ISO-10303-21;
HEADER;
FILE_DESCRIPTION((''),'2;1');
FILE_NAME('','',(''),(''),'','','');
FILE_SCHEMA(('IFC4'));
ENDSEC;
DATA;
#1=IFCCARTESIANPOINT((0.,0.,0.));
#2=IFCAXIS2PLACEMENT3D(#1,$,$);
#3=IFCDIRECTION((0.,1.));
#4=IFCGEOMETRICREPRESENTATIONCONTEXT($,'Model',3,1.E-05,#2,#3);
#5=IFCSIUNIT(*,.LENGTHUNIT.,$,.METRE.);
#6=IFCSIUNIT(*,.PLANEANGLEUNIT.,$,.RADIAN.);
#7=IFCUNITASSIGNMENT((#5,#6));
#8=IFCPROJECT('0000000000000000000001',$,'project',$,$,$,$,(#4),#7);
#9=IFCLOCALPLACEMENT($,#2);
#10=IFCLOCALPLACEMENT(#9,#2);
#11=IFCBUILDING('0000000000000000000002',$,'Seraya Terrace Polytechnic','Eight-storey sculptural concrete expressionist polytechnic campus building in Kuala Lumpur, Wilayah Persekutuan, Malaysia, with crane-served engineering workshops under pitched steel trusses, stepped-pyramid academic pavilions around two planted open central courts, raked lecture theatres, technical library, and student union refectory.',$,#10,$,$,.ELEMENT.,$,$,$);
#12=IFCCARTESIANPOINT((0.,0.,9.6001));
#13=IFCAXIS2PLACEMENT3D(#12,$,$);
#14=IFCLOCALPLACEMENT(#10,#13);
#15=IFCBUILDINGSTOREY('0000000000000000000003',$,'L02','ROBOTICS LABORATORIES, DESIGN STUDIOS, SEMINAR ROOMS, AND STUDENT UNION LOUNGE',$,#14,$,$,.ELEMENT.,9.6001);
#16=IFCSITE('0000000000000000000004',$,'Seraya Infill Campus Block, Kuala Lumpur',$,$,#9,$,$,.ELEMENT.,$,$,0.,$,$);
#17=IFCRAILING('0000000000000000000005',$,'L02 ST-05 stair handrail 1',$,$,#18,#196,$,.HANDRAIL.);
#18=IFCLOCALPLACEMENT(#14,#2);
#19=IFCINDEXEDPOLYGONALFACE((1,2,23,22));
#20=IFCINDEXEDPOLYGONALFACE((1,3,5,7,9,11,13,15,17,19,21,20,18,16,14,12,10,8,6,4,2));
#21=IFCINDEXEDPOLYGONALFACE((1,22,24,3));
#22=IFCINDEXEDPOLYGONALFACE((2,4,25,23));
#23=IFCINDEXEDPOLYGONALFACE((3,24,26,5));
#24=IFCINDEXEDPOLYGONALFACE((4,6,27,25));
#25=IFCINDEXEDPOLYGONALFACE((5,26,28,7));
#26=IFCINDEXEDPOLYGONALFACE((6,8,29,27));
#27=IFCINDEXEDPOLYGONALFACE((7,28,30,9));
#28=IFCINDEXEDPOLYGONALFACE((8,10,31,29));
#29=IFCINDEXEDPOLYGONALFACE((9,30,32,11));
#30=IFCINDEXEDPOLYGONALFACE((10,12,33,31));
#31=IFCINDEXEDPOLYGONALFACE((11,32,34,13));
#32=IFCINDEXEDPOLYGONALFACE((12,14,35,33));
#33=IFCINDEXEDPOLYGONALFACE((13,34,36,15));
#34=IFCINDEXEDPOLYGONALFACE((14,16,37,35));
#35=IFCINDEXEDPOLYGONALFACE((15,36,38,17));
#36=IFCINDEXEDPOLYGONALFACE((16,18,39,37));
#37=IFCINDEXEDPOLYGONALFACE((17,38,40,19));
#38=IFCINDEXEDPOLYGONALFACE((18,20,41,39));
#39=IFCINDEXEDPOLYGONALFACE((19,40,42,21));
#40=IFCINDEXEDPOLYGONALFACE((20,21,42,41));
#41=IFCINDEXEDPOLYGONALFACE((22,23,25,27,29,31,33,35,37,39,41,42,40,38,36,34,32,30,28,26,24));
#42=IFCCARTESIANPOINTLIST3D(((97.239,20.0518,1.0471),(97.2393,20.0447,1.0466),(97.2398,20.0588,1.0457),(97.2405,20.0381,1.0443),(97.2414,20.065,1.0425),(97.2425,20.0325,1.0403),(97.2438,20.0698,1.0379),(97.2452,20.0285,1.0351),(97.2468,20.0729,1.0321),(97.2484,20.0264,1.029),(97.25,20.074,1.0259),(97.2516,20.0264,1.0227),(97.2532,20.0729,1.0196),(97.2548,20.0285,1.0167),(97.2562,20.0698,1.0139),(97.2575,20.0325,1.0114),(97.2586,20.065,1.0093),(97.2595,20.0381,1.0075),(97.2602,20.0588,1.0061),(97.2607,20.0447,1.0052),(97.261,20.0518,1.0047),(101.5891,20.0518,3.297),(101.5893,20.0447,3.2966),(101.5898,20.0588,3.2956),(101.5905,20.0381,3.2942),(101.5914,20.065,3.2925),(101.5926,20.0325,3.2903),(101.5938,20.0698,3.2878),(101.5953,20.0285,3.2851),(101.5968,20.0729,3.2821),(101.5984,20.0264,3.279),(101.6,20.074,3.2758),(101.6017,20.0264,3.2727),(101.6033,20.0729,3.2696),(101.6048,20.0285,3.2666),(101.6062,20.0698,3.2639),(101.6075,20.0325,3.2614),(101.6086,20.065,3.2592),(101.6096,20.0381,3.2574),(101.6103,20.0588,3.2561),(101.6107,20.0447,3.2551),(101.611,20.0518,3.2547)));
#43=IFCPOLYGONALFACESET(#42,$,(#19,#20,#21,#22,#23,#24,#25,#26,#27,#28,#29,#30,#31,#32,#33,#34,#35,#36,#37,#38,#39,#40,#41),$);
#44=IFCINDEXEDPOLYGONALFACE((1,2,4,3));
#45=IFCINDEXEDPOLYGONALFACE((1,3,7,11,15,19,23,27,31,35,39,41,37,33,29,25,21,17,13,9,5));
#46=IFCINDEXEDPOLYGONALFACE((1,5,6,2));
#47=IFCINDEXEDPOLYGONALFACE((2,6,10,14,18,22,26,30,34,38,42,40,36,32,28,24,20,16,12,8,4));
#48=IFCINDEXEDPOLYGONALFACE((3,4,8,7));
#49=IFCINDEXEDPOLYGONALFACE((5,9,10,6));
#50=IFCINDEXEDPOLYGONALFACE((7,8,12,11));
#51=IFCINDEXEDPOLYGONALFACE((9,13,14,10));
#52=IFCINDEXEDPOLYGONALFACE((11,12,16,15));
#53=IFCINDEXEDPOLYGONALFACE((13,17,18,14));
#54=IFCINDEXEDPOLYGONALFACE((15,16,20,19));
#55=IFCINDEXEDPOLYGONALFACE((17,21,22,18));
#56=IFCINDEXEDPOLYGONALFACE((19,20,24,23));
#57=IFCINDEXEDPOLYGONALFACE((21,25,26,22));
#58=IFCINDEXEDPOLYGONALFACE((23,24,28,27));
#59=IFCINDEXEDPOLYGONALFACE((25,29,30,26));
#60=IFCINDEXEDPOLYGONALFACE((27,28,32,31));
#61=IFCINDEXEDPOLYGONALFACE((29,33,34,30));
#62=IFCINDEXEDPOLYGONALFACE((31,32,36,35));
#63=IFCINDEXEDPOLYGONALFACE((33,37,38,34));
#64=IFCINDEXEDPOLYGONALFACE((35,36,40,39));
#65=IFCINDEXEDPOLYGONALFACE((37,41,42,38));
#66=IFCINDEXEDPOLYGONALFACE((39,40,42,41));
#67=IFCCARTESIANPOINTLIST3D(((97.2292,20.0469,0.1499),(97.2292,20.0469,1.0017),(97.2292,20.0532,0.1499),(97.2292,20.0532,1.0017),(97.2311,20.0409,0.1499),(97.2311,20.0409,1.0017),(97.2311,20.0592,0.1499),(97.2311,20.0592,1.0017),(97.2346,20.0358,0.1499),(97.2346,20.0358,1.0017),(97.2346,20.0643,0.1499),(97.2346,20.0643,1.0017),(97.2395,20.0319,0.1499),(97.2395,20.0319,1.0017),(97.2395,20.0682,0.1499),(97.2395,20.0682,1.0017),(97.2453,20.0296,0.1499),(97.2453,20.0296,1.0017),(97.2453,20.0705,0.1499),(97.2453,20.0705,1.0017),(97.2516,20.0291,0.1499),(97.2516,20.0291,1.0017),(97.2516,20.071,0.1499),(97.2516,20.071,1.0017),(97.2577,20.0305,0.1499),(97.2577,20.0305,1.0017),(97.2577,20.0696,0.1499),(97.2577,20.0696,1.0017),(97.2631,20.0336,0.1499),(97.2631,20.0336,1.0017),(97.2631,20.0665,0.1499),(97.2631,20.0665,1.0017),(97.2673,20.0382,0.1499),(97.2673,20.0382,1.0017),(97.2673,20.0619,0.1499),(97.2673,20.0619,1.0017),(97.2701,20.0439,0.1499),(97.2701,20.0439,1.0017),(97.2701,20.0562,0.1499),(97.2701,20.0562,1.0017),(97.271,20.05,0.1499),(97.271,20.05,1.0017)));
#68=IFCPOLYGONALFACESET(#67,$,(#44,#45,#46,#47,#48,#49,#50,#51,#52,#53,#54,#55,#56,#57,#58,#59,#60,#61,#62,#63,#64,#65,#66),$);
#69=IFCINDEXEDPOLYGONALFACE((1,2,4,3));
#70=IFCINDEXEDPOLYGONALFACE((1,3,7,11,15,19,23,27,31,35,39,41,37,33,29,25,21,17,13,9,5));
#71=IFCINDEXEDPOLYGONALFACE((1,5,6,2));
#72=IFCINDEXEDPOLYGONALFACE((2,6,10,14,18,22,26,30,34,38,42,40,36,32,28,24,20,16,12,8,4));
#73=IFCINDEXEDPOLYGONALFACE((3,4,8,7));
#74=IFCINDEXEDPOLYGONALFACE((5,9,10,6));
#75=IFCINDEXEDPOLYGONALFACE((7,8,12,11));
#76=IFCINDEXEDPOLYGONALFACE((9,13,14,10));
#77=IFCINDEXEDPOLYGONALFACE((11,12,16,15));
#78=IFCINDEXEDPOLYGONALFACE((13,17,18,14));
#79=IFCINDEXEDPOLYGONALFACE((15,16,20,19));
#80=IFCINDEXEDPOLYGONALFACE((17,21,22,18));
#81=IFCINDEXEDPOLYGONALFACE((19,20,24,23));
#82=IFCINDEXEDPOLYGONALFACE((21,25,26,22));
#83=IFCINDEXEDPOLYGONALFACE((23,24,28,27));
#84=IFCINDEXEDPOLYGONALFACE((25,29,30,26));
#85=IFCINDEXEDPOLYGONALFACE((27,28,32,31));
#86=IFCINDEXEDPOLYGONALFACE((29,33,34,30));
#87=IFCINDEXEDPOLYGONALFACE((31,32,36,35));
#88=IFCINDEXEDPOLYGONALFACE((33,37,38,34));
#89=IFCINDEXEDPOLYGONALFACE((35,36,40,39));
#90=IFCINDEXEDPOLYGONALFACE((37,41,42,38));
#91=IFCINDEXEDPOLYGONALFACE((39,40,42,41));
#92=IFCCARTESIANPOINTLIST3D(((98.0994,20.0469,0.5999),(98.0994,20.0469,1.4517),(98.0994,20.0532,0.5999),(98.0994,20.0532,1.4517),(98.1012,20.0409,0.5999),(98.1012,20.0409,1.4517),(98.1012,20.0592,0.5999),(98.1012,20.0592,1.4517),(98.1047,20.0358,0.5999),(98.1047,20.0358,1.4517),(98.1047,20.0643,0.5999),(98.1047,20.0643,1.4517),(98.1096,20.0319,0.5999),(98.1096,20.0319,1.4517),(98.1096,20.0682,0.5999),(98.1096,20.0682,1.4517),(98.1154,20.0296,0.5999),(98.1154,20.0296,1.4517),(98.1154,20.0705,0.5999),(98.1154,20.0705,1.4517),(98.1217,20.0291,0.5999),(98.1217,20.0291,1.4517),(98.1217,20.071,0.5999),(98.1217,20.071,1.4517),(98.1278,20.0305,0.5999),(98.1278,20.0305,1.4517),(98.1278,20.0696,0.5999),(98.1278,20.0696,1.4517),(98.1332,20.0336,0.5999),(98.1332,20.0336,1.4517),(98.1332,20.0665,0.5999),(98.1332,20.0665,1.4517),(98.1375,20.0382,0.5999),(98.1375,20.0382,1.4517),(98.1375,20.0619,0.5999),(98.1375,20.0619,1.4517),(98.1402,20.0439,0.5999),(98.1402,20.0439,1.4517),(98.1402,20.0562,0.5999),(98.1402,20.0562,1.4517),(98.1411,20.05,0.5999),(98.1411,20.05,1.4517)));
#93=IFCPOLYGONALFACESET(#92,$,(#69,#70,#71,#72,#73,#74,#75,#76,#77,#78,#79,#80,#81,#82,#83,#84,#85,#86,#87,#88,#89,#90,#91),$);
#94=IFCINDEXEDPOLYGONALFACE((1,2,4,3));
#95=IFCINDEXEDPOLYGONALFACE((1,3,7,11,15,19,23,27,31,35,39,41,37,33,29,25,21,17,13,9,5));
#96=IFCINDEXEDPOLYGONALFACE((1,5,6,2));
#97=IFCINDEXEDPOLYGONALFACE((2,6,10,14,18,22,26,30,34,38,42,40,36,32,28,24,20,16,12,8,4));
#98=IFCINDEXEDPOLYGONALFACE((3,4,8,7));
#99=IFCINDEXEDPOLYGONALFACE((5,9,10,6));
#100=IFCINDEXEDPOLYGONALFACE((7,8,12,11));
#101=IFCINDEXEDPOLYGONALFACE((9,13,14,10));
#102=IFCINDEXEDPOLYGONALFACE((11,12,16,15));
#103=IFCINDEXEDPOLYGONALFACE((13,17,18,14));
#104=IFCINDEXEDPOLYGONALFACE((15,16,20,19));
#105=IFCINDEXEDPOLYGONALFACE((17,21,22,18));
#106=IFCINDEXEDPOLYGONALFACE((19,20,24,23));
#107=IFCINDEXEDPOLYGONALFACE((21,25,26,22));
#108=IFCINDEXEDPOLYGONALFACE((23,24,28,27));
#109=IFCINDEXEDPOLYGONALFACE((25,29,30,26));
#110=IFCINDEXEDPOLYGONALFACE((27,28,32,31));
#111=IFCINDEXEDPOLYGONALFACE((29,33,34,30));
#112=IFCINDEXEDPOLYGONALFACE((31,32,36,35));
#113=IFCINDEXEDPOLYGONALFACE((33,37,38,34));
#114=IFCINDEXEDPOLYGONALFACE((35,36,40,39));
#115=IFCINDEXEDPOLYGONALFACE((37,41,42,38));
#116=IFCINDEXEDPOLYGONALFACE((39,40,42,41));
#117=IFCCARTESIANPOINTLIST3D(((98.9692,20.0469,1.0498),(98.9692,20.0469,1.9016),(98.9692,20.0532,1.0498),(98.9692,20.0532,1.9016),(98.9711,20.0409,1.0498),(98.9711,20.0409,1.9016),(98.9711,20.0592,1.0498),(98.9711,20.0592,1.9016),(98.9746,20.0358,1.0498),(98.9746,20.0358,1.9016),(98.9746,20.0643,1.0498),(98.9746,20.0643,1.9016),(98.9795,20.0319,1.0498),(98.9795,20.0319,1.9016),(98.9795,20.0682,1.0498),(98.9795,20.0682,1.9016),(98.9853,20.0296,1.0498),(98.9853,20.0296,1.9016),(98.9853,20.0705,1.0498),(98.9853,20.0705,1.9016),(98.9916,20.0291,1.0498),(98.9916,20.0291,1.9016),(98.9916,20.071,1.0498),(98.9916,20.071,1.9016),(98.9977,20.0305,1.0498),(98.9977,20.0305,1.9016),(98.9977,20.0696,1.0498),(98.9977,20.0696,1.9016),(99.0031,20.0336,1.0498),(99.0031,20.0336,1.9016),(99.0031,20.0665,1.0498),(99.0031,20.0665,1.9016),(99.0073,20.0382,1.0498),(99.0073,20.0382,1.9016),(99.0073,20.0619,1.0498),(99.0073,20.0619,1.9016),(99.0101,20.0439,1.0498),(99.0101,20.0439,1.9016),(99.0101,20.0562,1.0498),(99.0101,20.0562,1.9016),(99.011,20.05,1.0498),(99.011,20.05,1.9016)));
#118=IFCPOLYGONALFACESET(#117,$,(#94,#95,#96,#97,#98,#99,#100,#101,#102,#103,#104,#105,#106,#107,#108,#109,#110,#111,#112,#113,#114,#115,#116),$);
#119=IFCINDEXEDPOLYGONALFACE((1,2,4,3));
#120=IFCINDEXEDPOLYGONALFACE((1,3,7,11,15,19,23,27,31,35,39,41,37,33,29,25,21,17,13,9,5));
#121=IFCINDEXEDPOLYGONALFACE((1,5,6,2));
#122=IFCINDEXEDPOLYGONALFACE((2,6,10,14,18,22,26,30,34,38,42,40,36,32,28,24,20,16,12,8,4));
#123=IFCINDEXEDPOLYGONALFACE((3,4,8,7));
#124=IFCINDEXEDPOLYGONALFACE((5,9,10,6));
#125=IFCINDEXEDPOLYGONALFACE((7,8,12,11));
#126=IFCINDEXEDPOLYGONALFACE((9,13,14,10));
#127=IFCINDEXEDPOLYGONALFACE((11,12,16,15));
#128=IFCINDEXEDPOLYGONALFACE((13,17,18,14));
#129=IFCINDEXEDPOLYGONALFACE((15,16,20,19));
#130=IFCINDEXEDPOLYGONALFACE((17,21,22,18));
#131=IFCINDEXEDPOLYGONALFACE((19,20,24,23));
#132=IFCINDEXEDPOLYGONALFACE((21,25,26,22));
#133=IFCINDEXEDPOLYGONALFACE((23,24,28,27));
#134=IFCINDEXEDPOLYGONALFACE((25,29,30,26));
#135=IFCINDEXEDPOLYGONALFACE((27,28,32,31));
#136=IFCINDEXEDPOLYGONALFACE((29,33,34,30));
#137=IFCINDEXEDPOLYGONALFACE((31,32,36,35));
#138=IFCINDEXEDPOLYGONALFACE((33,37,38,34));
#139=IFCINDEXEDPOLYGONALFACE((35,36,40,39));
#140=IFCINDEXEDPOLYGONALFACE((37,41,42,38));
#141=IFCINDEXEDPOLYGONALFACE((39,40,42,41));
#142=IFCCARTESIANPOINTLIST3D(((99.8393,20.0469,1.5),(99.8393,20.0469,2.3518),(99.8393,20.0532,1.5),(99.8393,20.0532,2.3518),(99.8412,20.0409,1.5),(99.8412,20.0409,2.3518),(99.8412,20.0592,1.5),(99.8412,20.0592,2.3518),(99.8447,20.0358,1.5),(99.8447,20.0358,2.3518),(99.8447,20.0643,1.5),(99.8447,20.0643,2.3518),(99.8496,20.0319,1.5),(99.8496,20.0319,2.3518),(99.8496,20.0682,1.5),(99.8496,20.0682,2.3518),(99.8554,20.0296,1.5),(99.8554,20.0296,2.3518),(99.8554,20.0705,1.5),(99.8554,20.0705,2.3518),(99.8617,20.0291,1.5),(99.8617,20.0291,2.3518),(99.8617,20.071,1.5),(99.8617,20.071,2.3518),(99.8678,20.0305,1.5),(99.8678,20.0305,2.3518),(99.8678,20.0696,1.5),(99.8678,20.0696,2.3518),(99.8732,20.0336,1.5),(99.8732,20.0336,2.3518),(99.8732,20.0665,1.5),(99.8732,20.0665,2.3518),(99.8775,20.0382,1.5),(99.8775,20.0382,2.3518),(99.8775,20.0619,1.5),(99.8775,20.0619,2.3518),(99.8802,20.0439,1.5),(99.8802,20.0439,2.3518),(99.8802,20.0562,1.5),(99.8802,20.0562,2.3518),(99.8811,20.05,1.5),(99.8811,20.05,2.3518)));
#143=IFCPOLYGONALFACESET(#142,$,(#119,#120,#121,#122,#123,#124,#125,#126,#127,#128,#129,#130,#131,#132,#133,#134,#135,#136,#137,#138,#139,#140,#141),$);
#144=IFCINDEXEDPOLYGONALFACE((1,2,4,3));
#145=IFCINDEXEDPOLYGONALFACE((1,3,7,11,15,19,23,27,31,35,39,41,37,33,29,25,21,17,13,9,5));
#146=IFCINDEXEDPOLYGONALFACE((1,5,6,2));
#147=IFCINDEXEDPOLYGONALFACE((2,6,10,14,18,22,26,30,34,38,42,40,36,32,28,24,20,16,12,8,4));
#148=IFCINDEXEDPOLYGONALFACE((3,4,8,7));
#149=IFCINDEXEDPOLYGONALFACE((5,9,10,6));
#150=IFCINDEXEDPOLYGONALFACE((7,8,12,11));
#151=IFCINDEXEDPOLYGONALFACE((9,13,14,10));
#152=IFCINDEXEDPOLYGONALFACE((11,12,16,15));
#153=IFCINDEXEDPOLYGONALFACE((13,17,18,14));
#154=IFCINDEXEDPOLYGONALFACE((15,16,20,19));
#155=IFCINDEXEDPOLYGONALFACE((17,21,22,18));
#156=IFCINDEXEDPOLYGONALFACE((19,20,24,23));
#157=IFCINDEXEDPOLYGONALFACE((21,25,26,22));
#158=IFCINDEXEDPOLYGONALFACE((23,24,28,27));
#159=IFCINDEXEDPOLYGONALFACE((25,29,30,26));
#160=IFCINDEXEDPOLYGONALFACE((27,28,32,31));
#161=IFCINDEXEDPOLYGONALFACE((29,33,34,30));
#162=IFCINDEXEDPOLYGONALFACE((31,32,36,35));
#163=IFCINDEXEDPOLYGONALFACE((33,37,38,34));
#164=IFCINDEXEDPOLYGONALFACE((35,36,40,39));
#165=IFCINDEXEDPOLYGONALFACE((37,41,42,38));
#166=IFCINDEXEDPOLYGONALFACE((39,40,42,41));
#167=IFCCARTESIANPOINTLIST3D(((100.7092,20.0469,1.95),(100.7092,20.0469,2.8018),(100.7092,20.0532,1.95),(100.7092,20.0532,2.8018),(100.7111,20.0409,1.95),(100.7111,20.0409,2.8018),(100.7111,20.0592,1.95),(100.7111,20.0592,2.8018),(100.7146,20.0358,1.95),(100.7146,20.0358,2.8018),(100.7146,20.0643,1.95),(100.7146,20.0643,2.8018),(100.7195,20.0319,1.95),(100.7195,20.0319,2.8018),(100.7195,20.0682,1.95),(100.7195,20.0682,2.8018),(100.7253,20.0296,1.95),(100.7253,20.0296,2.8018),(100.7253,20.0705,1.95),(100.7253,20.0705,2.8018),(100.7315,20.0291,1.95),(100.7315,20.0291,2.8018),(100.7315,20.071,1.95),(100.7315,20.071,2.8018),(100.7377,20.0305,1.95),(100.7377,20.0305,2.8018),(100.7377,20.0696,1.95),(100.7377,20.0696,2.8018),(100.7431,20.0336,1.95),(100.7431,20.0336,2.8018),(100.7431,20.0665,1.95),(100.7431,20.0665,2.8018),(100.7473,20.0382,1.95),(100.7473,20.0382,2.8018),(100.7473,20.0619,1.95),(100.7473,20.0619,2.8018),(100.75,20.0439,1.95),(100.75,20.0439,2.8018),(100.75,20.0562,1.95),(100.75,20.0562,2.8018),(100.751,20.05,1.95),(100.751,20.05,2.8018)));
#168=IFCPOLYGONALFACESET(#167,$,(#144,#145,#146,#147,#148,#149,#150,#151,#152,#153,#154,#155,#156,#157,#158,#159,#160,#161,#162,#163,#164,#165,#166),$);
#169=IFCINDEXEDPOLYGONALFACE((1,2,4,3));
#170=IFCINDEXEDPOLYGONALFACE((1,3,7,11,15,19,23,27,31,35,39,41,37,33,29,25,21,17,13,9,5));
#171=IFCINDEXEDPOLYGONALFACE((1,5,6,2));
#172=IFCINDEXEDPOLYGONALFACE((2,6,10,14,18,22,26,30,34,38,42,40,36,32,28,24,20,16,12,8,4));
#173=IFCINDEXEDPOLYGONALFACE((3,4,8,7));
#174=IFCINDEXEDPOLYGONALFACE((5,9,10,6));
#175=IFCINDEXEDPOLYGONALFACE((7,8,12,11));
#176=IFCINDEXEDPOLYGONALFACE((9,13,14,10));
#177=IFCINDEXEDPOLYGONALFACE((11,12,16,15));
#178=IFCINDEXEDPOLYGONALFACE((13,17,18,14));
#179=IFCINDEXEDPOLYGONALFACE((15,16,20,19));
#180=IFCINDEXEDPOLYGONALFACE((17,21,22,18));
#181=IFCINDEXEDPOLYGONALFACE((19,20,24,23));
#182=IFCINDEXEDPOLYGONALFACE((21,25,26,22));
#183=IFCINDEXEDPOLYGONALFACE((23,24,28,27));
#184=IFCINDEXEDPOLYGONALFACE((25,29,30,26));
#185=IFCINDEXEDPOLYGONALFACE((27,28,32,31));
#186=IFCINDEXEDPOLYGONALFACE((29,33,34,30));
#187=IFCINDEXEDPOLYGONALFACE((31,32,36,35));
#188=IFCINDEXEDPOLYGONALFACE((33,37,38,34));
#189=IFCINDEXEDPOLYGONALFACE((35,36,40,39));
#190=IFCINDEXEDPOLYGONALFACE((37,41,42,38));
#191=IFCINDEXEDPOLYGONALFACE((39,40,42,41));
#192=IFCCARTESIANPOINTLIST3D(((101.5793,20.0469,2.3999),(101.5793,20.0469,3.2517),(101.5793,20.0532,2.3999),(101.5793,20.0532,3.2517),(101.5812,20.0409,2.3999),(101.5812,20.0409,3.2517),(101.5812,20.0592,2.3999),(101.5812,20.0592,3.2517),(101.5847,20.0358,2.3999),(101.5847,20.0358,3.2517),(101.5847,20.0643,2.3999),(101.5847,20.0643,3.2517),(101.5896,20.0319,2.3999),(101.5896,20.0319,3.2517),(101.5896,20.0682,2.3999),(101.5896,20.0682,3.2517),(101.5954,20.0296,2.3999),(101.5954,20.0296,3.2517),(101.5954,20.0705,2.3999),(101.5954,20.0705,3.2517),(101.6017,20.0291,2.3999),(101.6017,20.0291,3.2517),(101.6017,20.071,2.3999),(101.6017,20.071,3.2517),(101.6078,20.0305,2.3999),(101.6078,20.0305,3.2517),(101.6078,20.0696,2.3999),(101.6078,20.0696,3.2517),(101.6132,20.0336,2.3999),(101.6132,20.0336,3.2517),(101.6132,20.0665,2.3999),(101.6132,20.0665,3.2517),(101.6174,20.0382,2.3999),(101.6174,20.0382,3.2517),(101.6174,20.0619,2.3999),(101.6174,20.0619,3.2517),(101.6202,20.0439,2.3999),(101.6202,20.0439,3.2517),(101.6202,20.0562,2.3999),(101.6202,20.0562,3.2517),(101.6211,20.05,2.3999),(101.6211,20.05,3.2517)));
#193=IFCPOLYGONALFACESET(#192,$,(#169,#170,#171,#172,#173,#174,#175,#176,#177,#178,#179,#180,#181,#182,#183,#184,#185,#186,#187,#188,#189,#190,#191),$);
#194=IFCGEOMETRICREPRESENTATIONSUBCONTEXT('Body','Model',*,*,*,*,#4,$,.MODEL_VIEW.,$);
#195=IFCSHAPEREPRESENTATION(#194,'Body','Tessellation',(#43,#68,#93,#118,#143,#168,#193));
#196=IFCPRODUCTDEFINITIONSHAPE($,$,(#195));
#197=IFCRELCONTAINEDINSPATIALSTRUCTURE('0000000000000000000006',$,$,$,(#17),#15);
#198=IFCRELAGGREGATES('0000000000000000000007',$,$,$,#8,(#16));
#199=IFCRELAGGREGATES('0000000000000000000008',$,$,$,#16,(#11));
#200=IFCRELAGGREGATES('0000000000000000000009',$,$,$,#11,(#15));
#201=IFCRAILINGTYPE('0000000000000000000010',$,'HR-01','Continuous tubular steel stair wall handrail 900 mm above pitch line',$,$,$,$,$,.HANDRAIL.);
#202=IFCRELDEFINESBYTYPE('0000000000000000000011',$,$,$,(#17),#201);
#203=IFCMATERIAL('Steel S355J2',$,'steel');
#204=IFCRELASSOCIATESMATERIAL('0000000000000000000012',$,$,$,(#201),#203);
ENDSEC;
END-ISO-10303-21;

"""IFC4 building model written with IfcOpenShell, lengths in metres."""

from ifc_helpers import new_model, si_unit, direction, frame, origin, origin_2d, place, context, subcontext, project, spatial, circle, extrude, material, type_object, element, save


model = new_model("IFC4")

# Units and contexts
model_context = context("Model", 3, precision=1e-05, world=origin(), true_north=direction((0.0, 1.0)))
body_context = subcontext(model_context, "Body", "Model", "MODEL_VIEW")
ifc_project = project(units=[si_unit("LENGTHUNIT", "METRE"), si_unit("PLANEANGLEUNIT", "RADIAN")], contexts=[model_context])

# Site, building, storey
site_placement = place(None, origin())
site = spatial("IfcSite", under=ifc_project, at=site_placement, Name="Seraya Infill Campus Block, Kuala Lumpur", CompositionType="ELEMENT", RefElevation=0.0)
building_placement = place(site_placement, origin())
building = spatial("IfcBuilding", under=site, at=building_placement, Name="Seraya Terrace Polytechnic", Description="Eight-storey sculptural concrete expressionist polytechnic campus building in Kuala Lumpur, Wilayah Persekutuan, Malaysia, with crane-served engineering workshops under pitched steel trusses, stepped-pyramid academic pavilions around two planted open central courts, raked lecture theatres, technical library, and student union refectory.", CompositionType="ELEMENT")
storey_placement = place(building_placement, frame((0.0, 0.0, 9.6001)))
storey = spatial("IfcBuildingStorey", under=building, at=storey_placement, Name="L02", Description="ROBOTICS LABORATORIES, DESIGN STUDIOS, SEMINAR ROOMS, AND STUDENT UNION LOUNGE", CompositionType="ELEMENT", Elevation=9.6001)

# Shared definitions
ifc_material_1 = material(Name="Steel S355J2", Category="steel")

# Railing
railing_type_1 = type_object("IfcRailingType", Name="HR-01", Description="Continuous tubular steel stair wall handrail 900 mm above pitch line", PredefinedType="HANDRAIL", material=ifc_material_1)
railing_1_placement = place(storey_placement, frame((97.25, 20.05, 0.1499)))
element("IfcRailing", 1, at=railing_1_placement, inside=storey, type_object=railing_type_1, Name="L02 ST-05 stair handrail 1", PredefinedType="HANDRAIL", context=body_context, shape_type="SweptSolid", body=[
    extrude(circle(Radius=0.0239, at=origin_2d()), frame((0.0, 0.0, 0.876), z_axis=(0.888222, 0.0, 0.459415), x_axis=(0.0, 1.0, 0.0)), (0.0, 0.0, 1.0), 4.8975),
    extrude(circle(Radius=0.021, at=origin_2d()), origin(), (0.0, 0.0, 1.0), 0.8518),
    extrude(circle(Radius=0.021, at=origin_2d()), frame((0.8701, 0.0, 0.45)), (0.0, 0.0, 1.0), 0.8518),
    extrude(circle(Radius=0.021, at=origin_2d()), frame((1.74, 0.0, 0.8999)), (0.0, 0.0, 1.0), 0.8518),
    extrude(circle(Radius=0.021, at=origin_2d()), frame((2.6101, 0.0, 1.3501)), (0.0, 0.0, 1.0), 0.8518),
    extrude(circle(Radius=0.021, at=origin_2d()), frame((3.48, 0.0, 1.8)), (0.0, 0.0, 1.0), 0.8518),
    extrude(circle(Radius=0.021, at=origin_2d()), frame((4.3501, 0.0, 2.25)), (0.0, 0.0, 1.0), 0.8518),
])

save(model, "model.ifc")
